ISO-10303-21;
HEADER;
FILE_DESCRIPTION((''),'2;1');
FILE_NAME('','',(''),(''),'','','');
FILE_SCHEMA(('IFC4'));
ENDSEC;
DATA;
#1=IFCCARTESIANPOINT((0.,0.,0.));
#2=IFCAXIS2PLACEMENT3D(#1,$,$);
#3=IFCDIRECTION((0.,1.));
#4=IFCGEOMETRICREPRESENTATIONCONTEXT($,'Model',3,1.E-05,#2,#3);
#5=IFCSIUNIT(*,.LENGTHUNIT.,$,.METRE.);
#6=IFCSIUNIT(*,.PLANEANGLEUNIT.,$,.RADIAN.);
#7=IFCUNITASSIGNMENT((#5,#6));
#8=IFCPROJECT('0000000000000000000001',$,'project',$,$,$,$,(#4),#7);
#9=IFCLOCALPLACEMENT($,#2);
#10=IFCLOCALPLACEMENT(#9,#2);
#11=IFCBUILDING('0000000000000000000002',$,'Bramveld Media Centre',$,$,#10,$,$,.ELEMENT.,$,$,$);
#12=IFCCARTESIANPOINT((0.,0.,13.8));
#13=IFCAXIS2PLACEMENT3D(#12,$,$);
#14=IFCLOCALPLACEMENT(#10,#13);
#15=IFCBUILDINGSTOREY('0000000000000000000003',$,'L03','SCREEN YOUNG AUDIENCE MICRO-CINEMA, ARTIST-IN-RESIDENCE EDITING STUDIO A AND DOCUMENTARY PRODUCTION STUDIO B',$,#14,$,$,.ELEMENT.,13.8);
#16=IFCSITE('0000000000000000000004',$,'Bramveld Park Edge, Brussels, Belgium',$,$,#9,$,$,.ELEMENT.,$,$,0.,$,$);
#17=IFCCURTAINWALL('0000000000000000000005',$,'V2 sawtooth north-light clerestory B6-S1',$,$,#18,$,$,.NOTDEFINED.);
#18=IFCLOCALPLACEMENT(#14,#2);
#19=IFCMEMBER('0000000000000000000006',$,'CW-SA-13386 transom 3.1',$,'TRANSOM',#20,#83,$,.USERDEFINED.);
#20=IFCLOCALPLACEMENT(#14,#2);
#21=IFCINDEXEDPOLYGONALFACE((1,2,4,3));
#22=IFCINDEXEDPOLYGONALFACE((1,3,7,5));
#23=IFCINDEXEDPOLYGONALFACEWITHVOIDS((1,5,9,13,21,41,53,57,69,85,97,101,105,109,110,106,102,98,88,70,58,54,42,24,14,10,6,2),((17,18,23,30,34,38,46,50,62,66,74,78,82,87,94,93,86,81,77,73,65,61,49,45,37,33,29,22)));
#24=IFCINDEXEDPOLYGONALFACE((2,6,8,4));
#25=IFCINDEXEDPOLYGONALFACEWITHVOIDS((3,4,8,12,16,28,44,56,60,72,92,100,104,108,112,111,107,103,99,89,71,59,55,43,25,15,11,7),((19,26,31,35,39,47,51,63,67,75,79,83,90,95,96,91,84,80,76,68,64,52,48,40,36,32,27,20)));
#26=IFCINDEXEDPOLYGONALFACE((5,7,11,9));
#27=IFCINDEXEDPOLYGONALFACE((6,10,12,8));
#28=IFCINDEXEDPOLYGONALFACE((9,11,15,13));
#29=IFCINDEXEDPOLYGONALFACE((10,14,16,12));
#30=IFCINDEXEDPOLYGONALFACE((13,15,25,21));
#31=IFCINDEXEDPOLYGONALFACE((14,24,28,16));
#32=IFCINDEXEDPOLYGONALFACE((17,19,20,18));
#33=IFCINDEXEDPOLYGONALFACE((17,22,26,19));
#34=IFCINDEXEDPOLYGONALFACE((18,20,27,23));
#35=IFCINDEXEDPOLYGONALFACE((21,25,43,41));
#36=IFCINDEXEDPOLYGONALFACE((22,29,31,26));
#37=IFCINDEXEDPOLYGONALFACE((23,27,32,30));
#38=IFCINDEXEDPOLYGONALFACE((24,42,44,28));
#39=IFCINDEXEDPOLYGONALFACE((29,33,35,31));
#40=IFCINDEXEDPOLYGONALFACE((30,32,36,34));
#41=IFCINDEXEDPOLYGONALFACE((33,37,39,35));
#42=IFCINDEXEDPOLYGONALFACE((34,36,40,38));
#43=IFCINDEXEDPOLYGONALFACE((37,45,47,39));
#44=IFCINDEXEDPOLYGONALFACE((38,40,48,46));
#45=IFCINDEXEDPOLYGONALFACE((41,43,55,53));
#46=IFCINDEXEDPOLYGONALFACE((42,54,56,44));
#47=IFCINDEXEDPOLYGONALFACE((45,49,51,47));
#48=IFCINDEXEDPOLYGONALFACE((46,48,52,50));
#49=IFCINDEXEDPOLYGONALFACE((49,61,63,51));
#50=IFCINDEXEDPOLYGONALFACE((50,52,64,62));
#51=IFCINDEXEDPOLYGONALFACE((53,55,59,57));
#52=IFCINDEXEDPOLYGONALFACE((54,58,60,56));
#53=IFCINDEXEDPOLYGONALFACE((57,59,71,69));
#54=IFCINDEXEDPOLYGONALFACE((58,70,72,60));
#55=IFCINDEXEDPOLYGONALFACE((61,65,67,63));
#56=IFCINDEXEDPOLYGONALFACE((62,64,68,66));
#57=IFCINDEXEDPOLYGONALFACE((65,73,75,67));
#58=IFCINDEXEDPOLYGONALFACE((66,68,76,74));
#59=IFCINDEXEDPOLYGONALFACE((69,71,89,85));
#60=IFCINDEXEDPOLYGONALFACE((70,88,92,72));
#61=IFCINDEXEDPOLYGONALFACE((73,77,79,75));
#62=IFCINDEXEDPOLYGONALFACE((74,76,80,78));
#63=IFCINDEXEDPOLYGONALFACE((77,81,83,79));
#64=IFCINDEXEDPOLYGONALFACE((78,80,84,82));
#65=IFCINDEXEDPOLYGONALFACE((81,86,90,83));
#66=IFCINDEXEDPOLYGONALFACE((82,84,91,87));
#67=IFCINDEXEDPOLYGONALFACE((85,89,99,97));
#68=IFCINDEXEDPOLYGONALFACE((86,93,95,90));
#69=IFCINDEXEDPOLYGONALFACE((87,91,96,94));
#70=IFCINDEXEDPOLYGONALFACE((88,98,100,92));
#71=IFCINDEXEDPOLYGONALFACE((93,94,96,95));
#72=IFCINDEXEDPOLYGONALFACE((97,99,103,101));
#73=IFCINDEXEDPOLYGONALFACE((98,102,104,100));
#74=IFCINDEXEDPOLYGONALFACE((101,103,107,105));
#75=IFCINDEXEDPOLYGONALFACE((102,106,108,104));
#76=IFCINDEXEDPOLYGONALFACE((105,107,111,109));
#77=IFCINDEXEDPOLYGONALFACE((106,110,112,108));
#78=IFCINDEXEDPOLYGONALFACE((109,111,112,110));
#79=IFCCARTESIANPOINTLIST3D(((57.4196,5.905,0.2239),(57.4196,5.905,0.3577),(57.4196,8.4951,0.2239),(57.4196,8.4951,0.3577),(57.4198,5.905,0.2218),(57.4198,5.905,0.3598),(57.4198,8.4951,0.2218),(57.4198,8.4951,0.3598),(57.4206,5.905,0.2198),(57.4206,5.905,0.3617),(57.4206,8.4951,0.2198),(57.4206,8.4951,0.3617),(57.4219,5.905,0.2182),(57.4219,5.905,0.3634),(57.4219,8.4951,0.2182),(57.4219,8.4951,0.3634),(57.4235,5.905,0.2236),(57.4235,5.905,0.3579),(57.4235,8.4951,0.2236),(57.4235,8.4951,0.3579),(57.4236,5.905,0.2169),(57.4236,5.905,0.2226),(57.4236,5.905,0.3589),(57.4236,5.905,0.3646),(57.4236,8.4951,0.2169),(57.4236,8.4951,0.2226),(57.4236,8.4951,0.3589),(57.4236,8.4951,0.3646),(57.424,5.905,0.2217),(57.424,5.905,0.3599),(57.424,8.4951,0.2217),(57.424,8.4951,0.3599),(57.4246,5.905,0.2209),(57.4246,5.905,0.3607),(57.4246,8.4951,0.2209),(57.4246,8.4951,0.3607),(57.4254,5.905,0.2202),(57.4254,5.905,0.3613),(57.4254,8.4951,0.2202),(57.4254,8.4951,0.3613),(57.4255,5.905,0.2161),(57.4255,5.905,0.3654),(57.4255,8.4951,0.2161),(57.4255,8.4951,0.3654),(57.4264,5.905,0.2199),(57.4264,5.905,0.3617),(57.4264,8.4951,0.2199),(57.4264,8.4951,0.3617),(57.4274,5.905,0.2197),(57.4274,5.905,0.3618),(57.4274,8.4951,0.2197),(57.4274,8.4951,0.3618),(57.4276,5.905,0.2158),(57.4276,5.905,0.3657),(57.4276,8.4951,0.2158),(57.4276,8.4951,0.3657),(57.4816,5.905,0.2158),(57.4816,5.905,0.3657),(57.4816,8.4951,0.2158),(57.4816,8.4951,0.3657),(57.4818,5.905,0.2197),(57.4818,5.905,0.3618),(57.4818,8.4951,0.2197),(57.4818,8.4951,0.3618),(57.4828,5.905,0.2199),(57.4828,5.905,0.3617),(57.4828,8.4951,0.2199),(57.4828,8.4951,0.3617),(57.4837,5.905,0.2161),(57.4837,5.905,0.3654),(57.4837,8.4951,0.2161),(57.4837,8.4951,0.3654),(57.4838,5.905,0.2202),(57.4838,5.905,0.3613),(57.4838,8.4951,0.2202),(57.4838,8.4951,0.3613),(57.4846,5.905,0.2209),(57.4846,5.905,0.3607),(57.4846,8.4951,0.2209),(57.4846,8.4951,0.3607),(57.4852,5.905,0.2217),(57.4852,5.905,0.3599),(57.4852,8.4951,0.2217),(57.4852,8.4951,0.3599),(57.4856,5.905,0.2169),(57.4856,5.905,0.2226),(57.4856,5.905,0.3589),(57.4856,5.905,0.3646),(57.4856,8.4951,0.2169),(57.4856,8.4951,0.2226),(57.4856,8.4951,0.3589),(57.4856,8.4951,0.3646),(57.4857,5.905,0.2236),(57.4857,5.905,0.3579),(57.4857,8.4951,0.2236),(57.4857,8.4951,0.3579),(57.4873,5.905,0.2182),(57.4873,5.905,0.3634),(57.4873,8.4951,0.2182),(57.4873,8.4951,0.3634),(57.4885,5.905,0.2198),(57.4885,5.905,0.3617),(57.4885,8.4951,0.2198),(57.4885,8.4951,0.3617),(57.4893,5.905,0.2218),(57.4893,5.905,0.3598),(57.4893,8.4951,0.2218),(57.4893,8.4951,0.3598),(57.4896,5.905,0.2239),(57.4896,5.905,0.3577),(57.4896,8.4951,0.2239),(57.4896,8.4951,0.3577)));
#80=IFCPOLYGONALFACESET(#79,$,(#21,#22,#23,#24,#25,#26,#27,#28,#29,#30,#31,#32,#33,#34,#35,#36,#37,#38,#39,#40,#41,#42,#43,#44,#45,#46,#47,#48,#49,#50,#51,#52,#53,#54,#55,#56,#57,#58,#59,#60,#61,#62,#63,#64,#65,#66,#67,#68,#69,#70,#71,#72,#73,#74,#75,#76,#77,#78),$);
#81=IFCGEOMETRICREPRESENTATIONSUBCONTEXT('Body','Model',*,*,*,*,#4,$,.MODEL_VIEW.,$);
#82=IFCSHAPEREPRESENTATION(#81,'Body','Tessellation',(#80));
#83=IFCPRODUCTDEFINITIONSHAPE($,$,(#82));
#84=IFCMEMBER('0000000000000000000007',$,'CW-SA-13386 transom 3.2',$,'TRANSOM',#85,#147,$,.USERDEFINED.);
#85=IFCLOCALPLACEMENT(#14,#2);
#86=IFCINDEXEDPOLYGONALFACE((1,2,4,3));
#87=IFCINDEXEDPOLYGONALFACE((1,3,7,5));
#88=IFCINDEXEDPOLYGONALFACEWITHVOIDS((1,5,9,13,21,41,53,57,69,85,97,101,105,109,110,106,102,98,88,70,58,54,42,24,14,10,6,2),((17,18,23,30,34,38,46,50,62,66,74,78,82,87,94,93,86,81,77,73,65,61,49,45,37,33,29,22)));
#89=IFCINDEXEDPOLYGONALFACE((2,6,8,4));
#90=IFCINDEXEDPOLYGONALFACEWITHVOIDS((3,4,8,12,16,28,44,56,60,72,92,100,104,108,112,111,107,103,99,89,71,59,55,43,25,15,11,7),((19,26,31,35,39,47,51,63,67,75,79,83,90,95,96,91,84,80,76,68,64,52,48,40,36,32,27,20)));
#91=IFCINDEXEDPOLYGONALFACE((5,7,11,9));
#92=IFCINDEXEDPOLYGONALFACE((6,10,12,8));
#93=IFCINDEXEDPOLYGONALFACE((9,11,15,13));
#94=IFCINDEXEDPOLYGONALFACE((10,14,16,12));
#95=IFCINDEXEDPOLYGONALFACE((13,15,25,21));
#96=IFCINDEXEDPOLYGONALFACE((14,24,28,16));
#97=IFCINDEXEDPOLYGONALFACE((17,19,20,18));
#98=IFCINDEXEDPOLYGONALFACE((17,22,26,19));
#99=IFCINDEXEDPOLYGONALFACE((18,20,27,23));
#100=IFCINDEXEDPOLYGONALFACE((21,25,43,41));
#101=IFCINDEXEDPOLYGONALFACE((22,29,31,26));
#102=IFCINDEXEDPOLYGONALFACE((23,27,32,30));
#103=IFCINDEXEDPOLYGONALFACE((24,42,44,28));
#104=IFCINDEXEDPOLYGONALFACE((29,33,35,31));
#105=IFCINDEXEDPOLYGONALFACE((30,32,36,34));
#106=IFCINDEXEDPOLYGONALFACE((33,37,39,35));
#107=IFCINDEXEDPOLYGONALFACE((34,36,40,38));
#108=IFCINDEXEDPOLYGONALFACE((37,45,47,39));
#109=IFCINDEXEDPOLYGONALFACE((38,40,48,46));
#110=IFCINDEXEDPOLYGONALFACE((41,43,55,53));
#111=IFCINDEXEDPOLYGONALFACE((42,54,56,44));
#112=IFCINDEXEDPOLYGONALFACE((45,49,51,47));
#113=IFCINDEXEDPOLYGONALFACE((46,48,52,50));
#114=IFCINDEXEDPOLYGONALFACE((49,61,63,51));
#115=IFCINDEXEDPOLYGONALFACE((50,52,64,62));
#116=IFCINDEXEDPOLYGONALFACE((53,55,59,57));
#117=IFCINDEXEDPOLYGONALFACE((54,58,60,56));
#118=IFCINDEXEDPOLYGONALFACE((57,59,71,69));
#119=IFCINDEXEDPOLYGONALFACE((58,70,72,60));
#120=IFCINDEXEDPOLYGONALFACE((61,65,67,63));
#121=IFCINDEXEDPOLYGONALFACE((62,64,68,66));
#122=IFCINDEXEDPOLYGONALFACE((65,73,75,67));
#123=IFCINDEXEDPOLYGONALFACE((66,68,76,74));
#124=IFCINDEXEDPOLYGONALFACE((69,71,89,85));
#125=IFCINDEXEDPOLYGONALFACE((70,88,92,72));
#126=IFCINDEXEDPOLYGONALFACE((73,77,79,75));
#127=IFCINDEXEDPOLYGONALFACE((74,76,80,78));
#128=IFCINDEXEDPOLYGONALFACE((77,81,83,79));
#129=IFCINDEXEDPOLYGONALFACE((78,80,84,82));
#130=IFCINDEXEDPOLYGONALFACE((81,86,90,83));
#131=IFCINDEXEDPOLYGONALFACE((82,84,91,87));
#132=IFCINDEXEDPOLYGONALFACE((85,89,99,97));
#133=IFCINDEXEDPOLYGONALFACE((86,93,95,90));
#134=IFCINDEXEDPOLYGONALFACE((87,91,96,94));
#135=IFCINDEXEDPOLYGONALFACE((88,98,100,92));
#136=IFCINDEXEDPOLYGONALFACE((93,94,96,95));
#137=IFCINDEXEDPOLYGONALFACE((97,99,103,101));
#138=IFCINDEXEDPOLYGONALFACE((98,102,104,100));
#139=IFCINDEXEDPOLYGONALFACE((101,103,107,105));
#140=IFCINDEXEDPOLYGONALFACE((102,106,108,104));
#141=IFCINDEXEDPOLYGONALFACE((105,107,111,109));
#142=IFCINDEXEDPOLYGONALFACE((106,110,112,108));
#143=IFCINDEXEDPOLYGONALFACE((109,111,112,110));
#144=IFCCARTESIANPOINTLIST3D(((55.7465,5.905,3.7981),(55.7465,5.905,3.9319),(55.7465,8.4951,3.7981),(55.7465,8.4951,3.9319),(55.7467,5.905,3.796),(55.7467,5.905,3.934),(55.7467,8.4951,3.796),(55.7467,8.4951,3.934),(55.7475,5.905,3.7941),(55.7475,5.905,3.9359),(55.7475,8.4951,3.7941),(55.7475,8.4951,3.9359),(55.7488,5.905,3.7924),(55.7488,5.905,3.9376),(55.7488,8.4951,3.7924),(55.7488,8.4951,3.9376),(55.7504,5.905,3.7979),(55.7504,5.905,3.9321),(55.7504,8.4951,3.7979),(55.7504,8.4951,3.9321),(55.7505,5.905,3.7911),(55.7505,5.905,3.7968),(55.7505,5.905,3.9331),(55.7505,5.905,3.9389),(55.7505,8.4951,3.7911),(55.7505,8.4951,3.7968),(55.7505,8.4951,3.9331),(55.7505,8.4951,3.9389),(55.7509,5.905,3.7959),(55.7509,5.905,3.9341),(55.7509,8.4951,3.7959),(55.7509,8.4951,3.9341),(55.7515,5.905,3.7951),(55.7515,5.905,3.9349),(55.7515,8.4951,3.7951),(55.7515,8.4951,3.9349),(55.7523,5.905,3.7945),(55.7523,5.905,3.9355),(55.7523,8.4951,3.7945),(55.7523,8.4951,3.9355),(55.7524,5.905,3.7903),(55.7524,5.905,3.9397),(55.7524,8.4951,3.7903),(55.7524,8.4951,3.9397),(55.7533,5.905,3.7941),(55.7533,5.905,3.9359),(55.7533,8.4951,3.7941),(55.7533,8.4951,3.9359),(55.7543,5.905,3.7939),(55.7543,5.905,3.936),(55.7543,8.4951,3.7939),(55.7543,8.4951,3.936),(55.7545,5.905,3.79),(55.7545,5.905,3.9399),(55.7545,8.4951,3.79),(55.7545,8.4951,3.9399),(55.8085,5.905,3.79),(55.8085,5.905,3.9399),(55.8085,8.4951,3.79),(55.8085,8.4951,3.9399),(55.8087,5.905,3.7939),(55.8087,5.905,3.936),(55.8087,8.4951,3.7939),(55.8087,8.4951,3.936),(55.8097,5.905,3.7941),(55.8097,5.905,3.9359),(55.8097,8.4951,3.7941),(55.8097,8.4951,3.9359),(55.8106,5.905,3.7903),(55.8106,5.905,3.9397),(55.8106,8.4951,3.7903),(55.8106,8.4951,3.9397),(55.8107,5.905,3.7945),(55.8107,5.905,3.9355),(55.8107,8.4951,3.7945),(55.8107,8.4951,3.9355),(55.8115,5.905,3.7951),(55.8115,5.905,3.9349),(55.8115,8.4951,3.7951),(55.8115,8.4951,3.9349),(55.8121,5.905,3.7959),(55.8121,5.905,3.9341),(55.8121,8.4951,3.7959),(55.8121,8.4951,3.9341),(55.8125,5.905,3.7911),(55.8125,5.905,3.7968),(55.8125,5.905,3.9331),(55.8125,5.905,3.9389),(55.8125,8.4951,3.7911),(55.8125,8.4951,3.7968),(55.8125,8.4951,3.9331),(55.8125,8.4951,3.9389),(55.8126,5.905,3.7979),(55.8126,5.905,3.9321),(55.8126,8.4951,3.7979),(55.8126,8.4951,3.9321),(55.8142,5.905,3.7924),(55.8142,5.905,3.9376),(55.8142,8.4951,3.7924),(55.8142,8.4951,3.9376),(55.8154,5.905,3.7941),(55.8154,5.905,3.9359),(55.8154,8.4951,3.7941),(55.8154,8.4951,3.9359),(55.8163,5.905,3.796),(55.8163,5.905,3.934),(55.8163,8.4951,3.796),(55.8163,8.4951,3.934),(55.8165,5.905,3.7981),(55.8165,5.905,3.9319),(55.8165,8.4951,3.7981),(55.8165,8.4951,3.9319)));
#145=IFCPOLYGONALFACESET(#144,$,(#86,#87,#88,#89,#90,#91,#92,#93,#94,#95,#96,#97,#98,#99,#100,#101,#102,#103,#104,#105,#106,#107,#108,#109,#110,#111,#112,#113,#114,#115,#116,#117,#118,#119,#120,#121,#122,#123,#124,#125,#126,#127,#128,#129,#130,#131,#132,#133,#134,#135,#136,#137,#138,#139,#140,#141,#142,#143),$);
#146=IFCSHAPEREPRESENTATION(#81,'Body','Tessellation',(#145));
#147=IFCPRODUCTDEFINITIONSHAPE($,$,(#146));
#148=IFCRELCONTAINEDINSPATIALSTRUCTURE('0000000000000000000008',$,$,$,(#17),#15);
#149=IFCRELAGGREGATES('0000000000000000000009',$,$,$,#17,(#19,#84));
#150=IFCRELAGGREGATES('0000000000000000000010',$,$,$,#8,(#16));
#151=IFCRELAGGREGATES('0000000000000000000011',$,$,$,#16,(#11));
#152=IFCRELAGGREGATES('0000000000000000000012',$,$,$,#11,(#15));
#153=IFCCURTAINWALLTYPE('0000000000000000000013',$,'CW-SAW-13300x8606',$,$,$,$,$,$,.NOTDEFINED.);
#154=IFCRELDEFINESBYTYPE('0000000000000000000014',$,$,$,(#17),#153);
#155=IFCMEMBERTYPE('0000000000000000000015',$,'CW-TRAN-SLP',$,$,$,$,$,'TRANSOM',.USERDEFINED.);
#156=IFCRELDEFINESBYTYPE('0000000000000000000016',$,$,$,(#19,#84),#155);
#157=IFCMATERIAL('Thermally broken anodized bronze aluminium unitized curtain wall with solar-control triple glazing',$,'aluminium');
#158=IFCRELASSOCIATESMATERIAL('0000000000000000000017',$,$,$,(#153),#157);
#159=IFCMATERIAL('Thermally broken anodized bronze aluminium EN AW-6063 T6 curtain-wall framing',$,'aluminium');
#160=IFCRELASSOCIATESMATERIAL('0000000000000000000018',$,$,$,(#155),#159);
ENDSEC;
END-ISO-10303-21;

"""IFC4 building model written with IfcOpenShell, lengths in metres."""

from ifc_helpers import new_model, si_unit, direction, frame, origin, origin_2d, place, context, subcontext, project, spatial, hollow_rectangle, extrude, material, material_profile, profile_set, type_object, element, aggregate, save


model = new_model("IFC4")

# Units and contexts
model_context = context("Model", 3, precision=1e-05, world=origin(), true_north=direction((0.0, 1.0)))
body_context = subcontext(model_context, "Body", "Model", "MODEL_VIEW")
ifc_project = project(units=[si_unit("LENGTHUNIT", "METRE"), si_unit("PLANEANGLEUNIT", "RADIAN")], contexts=[model_context])

# Site, building, storey
site_placement = place(None, origin())
site = spatial("IfcSite", under=ifc_project, at=site_placement, Name="Bramveld Park Edge, Brussels, Belgium", CompositionType="ELEMENT", RefElevation=0.0)
building_placement = place(site_placement, origin())
building = spatial("IfcBuilding", under=site, at=building_placement, Name="Bramveld Media Centre", CompositionType="ELEMENT")
storey_placement = place(building_placement, frame((0.0, 0.0, 13.8)))
storey = spatial("IfcBuildingStorey", under=building, at=storey_placement, Name="L03", Description="SCREEN YOUNG AUDIENCE MICRO-CINEMA, ARTIST-IN-RESIDENCE EDITING STUDIO A AND DOCUMENTARY PRODUCTION STUDIO B", CompositionType="ELEMENT", Elevation=13.8)

# Curtain wall, members
ifc_material_1 = material(Name="Thermally broken anodized bronze aluminium unitized curtain wall with solar-control triple glazing", Category="aluminium")
curtain_wall_type = type_object("IfcCurtainWallType", Name="CW-SAW-13300x8606", PredefinedType="NOTDEFINED", material=ifc_material_1)
curtain_wall_placement = place(storey_placement, origin())
curtain_wall = element("IfcCurtainWall", 1, at=curtain_wall_placement, inside=storey, type_object=curtain_wall_type, Name="V2 sawtooth north-light clerestory B6-S1", PredefinedType="NOTDEFINED")
ifc_material_2 = material(Name="Thermally broken anodized bronze aluminium EN AW-6063 T6 curtain-wall framing", Category="aluminium")
ifc_material_profile_1 = material_profile(ifc_material_2, hollow_rectangle(XDim=0.0701, YDim=0.1499, WallThickness=0.0039, InnerFilletRadius=0.0039, OuterFilletRadius=0.0081, at=origin_2d()), Name="AL-TRAN 70x150")
ifc_profile_set_1 = profile_set([ifc_material_profile_1], Name="Thermally broken anodized bronze aluminium EN AW-6063 T6 curtain-wall framing")
member_type_1 = type_object("IfcMemberType", Name="CW-TRAN-SLP", ElementType="TRANSOM", PredefinedType="USERDEFINED", material=ifc_profile_set_1)
member_1_placement = place(storey_placement, frame((57.4546, 5.905, 0.2908), z_axis=(0.0, 1.0, 0.0), x_axis=(-1.0, 0.0, 0.0)))
member_1 = element("IfcMember", 2, at=member_1_placement, type_object=member_type_1, Name="CW-SA-13386 transom 3.1", ObjectType="TRANSOM", PredefinedType="USERDEFINED", context=body_context, shape_type="SweptSolid", body=[
    extrude(hollow_rectangle(XDim=0.0701, YDim=0.1499, WallThickness=0.0039, InnerFilletRadius=0.0039, OuterFilletRadius=0.0081, at=origin_2d()), origin(), (0.0, 0.0, 1.0), 2.5901),
])
member_2_placement = place(storey_placement, frame((55.7815, 5.905, 3.865), z_axis=(0.0, 1.0, 0.0), x_axis=(-1.0, 0.0, 0.0)))
member_2 = element("IfcMember", 3, at=member_2_placement, type_object=member_type_1, Name="CW-SA-13386 transom 3.2", ObjectType="TRANSOM", PredefinedType="USERDEFINED", context=body_context, shape_type="SweptSolid", body=[
    extrude(hollow_rectangle(XDim=0.0701, YDim=0.1499, WallThickness=0.0039, InnerFilletRadius=0.0039, OuterFilletRadius=0.0081, at=origin_2d()), origin(), (0.0, 0.0, 1.0), 2.5901),
])

aggregate(curtain_wall, [member_1, member_2])

save(model, "model.ifc")
